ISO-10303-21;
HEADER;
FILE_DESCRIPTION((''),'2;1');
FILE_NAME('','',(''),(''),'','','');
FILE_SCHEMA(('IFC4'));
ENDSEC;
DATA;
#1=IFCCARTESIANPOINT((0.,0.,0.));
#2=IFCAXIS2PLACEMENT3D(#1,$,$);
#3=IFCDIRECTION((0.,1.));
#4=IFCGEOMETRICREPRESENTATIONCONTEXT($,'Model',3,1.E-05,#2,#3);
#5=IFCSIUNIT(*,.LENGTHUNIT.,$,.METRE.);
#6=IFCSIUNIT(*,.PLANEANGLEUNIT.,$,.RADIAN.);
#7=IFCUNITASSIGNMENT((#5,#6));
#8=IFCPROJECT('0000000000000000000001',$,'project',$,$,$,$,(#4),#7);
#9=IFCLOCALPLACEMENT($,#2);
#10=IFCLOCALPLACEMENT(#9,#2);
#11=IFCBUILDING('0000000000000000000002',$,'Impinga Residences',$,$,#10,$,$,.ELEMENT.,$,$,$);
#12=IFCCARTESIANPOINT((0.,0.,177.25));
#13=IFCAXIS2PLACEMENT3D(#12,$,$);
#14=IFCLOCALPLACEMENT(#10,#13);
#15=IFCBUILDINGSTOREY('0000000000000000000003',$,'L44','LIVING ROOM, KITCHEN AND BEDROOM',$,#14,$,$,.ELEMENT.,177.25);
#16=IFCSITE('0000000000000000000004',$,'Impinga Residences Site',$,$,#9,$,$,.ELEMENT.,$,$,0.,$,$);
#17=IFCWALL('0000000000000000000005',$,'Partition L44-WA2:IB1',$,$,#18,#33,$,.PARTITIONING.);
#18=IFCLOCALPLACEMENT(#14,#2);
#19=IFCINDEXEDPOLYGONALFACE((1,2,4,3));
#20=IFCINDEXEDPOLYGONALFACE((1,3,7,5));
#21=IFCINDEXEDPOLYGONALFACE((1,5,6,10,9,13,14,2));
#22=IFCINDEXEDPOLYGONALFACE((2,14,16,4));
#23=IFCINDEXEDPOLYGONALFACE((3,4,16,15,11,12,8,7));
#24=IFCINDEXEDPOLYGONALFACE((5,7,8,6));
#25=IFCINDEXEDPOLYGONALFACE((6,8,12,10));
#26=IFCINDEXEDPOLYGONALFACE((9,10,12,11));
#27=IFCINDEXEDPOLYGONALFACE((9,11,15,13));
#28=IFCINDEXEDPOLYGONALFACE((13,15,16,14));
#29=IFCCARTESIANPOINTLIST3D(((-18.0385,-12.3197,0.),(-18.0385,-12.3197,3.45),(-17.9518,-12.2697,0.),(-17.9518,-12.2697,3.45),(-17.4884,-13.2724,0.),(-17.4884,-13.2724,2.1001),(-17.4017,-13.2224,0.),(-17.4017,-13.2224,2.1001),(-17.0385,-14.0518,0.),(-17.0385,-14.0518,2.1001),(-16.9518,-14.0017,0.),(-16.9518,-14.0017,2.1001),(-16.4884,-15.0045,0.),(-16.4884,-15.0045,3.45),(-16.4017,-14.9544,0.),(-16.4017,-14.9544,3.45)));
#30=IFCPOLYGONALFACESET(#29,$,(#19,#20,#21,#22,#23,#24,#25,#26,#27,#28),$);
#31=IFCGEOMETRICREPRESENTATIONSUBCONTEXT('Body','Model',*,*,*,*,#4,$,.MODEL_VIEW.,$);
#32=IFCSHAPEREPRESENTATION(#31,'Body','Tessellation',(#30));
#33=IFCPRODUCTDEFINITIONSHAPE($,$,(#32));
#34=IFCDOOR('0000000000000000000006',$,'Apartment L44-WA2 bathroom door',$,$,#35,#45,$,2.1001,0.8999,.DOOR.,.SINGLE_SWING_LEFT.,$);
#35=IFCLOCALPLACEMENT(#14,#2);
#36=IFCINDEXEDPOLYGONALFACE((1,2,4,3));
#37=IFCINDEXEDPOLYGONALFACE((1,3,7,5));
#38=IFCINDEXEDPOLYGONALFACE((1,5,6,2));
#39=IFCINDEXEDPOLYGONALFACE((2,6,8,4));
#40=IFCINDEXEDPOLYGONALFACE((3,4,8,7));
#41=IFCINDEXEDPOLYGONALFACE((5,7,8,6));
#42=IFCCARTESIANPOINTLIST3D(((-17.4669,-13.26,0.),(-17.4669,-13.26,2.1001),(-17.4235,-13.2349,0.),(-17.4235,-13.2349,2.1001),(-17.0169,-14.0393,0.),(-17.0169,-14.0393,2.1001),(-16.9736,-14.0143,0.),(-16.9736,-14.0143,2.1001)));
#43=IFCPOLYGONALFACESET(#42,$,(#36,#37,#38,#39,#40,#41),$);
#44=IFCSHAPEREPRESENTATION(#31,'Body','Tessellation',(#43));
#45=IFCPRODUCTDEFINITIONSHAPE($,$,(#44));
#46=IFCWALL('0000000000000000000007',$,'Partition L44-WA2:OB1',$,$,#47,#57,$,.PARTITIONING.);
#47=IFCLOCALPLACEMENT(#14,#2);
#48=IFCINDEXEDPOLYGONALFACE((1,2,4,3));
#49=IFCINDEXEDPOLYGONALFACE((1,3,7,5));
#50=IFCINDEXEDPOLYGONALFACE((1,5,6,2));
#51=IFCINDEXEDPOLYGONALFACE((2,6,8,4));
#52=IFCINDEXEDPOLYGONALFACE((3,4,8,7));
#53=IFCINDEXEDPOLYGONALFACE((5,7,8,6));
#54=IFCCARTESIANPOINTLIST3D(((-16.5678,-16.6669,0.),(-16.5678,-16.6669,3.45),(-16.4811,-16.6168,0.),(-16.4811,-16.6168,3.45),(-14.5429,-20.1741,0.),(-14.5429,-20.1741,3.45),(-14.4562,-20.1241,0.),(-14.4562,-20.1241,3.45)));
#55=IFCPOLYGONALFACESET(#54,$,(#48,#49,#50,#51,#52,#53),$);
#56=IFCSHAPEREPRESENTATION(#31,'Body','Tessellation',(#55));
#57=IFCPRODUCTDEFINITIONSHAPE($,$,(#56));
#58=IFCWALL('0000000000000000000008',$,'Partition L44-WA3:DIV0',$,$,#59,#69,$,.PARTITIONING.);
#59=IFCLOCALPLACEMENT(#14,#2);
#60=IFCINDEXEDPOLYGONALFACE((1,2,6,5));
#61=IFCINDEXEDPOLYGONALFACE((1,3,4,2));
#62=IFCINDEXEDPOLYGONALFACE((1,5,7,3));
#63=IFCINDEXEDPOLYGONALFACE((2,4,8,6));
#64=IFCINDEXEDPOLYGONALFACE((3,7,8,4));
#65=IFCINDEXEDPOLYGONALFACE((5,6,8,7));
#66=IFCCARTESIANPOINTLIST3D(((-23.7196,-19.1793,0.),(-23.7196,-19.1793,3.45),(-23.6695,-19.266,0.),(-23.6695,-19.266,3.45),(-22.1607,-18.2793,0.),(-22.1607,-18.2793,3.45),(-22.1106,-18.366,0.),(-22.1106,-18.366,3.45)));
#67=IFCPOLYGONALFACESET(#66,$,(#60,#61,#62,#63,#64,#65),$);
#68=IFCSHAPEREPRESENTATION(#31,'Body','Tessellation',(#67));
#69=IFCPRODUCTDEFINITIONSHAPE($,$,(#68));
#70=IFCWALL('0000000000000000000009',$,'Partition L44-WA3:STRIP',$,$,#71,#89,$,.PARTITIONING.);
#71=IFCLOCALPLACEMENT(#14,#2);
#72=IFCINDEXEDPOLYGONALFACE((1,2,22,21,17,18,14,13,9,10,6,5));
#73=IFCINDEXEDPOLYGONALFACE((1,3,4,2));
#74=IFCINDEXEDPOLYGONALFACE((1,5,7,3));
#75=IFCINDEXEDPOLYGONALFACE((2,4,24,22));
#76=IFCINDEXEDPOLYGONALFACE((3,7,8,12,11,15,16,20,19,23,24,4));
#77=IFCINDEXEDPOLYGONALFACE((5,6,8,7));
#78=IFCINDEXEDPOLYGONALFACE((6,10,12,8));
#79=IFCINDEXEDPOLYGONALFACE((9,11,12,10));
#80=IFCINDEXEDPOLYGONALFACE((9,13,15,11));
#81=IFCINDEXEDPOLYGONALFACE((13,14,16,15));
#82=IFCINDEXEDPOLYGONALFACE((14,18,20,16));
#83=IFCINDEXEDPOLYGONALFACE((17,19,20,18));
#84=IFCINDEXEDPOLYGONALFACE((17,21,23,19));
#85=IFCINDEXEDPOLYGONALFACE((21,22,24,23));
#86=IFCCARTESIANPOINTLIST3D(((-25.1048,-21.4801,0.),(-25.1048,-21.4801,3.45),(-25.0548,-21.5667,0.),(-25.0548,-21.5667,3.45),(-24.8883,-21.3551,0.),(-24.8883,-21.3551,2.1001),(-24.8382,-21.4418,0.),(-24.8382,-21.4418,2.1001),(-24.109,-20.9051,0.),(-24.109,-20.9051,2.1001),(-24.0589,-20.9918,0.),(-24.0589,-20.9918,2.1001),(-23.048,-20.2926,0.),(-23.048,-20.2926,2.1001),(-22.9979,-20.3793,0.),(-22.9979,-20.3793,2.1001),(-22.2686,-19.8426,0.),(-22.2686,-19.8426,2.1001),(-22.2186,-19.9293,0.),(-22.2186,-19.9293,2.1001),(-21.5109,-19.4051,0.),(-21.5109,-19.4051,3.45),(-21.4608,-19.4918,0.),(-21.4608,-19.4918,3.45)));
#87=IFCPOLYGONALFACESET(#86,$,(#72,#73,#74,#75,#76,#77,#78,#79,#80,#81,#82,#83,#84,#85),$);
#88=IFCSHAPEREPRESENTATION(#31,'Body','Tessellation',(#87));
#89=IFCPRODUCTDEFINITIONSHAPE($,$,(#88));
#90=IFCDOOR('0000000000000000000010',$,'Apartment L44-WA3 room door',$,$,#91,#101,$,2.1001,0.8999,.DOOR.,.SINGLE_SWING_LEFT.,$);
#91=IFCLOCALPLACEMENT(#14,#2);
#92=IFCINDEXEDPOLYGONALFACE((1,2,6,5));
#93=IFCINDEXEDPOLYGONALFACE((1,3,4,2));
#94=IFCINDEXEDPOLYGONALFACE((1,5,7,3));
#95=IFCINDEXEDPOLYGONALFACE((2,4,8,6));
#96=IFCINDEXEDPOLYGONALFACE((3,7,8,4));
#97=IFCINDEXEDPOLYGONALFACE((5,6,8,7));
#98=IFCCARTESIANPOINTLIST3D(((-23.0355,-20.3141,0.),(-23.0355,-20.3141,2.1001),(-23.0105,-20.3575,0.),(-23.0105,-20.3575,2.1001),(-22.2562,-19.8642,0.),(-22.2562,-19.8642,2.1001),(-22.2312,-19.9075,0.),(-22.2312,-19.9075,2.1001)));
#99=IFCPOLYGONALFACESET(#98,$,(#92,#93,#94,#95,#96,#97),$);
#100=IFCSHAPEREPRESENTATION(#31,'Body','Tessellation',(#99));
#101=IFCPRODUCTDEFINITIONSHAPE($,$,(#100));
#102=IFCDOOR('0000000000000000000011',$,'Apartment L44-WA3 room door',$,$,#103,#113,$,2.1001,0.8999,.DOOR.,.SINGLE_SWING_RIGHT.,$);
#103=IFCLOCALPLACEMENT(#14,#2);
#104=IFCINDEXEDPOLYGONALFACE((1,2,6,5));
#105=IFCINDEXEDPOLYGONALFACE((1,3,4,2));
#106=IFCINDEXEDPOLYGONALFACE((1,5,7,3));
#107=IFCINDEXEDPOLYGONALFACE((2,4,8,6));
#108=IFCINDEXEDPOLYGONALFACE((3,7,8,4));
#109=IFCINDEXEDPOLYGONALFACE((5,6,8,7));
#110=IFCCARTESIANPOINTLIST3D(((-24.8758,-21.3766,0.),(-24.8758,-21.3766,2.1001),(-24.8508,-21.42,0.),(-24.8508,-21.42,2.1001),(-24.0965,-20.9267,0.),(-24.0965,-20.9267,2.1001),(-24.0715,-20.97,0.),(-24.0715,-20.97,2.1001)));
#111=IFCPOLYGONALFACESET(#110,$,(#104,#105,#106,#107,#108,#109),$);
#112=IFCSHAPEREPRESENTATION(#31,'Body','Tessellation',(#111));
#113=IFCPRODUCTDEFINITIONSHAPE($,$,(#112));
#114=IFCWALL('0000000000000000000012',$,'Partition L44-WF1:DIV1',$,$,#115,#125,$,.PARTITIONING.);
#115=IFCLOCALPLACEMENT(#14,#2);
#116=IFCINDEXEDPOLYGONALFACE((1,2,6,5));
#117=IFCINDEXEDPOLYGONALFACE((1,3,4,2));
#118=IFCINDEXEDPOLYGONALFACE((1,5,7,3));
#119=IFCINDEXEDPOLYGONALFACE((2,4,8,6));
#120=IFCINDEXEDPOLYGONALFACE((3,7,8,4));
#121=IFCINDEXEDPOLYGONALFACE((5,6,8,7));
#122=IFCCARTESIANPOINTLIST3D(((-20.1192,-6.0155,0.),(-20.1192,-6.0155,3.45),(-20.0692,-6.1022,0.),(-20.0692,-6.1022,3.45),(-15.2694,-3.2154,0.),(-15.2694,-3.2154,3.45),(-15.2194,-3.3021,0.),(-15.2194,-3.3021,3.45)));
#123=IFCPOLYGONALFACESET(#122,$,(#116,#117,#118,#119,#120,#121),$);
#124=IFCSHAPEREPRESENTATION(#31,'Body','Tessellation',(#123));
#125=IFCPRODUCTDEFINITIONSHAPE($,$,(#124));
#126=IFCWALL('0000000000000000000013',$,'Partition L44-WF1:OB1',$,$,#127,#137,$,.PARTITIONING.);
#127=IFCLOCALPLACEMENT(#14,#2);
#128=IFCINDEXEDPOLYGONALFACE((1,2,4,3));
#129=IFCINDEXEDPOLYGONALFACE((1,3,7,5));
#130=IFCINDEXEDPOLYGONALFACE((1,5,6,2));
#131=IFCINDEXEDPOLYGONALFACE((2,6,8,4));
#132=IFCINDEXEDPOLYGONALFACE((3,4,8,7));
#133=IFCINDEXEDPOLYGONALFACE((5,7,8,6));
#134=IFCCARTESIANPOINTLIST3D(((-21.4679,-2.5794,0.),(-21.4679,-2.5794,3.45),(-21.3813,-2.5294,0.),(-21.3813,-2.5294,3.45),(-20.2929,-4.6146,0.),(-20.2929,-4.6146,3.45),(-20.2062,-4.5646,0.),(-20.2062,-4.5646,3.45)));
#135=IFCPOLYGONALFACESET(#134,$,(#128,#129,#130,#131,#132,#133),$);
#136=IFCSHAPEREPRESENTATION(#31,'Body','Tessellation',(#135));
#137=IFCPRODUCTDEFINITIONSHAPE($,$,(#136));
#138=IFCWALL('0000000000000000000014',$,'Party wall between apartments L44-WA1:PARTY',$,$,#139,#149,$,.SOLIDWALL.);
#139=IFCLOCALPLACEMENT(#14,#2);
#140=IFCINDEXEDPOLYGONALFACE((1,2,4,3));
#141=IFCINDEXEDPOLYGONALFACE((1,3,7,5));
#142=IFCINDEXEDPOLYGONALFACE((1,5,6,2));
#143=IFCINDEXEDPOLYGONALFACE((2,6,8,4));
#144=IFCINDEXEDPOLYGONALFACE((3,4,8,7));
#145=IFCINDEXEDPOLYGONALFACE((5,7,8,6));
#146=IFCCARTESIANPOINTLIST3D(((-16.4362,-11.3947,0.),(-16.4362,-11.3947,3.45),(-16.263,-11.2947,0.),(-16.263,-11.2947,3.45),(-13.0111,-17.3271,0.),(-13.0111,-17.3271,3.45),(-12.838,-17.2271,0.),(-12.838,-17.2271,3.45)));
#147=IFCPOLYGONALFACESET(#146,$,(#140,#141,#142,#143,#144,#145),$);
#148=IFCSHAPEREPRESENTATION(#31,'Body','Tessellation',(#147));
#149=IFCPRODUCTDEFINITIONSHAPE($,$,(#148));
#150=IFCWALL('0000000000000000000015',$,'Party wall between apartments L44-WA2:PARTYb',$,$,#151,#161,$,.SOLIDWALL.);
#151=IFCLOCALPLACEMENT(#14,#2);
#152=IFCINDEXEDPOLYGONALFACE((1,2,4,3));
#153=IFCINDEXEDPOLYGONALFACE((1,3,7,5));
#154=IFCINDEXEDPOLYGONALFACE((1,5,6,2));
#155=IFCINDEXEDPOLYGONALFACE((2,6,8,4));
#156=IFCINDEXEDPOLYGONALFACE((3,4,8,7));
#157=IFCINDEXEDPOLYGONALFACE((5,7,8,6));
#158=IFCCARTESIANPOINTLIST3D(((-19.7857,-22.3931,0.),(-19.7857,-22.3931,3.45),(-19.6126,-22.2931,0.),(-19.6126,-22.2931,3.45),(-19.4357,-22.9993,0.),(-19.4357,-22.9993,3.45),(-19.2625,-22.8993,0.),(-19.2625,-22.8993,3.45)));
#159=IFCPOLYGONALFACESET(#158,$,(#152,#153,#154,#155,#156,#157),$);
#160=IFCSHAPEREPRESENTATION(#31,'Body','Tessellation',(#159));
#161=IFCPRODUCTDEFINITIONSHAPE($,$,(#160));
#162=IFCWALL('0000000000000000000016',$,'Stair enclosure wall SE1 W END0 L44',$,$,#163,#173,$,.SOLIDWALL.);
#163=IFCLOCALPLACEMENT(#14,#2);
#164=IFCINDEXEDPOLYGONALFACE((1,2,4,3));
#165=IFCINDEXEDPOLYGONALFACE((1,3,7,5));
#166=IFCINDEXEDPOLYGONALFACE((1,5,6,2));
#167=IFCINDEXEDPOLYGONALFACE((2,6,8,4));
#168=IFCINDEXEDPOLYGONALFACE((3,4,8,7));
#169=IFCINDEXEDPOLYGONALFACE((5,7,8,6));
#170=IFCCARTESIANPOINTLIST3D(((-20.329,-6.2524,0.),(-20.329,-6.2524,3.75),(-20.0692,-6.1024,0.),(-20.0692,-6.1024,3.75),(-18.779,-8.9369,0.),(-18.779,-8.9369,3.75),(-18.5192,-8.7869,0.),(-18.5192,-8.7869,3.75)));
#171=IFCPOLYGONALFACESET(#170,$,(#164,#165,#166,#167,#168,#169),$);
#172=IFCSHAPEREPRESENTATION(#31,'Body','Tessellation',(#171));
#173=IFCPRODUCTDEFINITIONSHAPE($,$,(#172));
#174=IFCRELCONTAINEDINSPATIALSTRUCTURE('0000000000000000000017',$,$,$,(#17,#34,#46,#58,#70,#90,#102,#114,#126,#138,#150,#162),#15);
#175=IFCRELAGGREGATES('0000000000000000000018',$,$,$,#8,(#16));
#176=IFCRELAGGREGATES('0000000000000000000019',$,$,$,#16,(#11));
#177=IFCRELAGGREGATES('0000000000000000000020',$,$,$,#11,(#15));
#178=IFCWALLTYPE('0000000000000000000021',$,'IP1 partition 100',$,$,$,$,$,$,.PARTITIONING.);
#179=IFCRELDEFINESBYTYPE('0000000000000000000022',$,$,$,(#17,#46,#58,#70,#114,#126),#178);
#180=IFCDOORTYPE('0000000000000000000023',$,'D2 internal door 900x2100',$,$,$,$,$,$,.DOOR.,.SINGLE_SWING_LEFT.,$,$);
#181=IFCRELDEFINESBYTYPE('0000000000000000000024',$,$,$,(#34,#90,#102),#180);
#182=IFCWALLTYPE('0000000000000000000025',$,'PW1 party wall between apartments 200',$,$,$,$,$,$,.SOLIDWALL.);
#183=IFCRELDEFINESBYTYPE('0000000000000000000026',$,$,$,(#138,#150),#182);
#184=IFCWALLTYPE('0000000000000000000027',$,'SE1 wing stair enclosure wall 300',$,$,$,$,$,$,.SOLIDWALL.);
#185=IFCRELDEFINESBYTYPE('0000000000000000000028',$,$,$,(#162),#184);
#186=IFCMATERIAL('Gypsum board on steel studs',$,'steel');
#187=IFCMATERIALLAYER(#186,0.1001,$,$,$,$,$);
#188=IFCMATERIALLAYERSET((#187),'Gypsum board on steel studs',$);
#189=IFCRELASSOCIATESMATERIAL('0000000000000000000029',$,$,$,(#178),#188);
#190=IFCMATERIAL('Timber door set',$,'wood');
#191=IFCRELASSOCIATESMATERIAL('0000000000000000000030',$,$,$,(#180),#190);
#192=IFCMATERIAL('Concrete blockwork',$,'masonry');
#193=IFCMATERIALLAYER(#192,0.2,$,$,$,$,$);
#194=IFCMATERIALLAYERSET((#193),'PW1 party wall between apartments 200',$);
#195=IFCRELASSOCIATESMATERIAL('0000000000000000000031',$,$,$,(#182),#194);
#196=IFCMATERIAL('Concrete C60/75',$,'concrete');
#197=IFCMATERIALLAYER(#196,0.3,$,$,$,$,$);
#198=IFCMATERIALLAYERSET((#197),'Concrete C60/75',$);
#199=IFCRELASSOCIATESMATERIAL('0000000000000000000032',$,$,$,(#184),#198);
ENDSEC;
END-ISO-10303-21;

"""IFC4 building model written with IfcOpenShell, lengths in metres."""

from ifc_helpers import new_model, si_unit, direction, frame, frame_2d, origin, place, context, subcontext, project, spatial, rectangle, extrude, material, layer, layer_set, type_object, element, fill, save


model = new_model("IFC4")

# Units and contexts
model_context = context("Model", 3, precision=1e-05, world=origin(), true_north=direction((0.0, 1.0)))
body_context = subcontext(model_context, "Body", "Model", "MODEL_VIEW")
ifc_project = project(units=[si_unit("LENGTHUNIT", "METRE"), si_unit("PLANEANGLEUNIT", "RADIAN")], contexts=[model_context])

# Site, building, storey
site_placement = place(None, origin())
site = spatial("IfcSite", under=ifc_project, at=site_placement, Name="Impinga Residences Site", CompositionType="ELEMENT", RefElevation=0.0)
building_placement = place(site_placement, origin())
building = spatial("IfcBuilding", under=site, at=building_placement, Name="Impinga Residences", CompositionType="ELEMENT")
storey_placement = place(building_placement, frame((0.0, 0.0, 177.25)))
storey = spatial("IfcBuildingStorey", under=building, at=storey_placement, Name="L44", Description="LIVING ROOM, KITCHEN AND BEDROOM", CompositionType="ELEMENT", Elevation=177.25)

# Shared definitions
ifc_material_1 = material(Name="Concrete C60/75", Category="concrete")

# Shared definitions
ifc_material_2 = material(Name="Concrete blockwork", Category="masonry")
ifc_material_3 = material(Name="Timber door set", Category="wood")

# Shared definitions
ifc_material_4 = material(Name="Gypsum board on steel studs", Category="steel")
ifc_layer_1 = layer(ifc_material_4, 0.1001)
ifc_layer_set_1 = layer_set([ifc_layer_1], Name="Gypsum board on steel studs")
wall_type_1 = type_object("IfcWallType", Name="IP1 partition 100", PredefinedType="PARTITIONING", material=ifc_layer_set_1)

# Shared definitions
door_type_1 = type_object("IfcDoorType", Name="D2 internal door 900x2100", OperationType="SINGLE_SWING_LEFT", PredefinedType="DOOR", material=ifc_material_3)

# Wall, opening, door
wall_1_placement = place(storey_placement, frame((-17.9951, -12.2947, 0.0), z_axis=(0.0, 0.0, 1.0), x_axis=(0.499993, -0.86603, 0.0)))
wall_1 = element("IfcWall", 1, at=wall_1_placement, inside=storey, type_object=wall_type_1, Name="Partition L44-WA2:IB1", PredefinedType="PARTITIONING", context=body_context, shape_type="SweptSolid", body=[
    extrude(rectangle(XDim=3.1001, YDim=0.1001, at=frame_2d((1.55, 0.0))), origin(), (0.0, 0.0, 1.0), 3.45),
])
opening_1_placement = place(wall_1_placement, frame((1.1001, 0.0, 0.0)))
opening_1 = element("IfcOpeningElement", 2, at=opening_1_placement, cuts=wall_1, PredefinedType="OPENING", context=body_context, shape_type="SweptSolid", body=[
    extrude(rectangle(XDim=0.8999, YDim=2.1001, at=frame_2d((0.45, 1.05))), frame((0.0, 0.0601, 0.0), z_axis=(0.0, -1.0, 0.0), x_axis=(1.0, 0.0, 0.0)), (0.0, 0.0, 1.0), 0.1201),
])
door_1_placement = place(opening_1_placement, origin())
door_1 = element("IfcDoor", 3, at=door_1_placement, inside=storey, type_object=door_type_1, Name="Apartment L44-WA2 bathroom door", OperationType="SINGLE_SWING_LEFT", OverallHeight=2.1001, OverallWidth=0.8999, PredefinedType="DOOR", context=body_context, shape_type="SweptSolid", body=[
    extrude(rectangle(XDim=0.8999, YDim=2.1001, at=frame_2d((0.45, 1.05))), frame((0.0, 0.0249, 0.0), z_axis=(0.0, -1.0, 0.0), x_axis=(1.0, 0.0, 0.0)), (0.0, 0.0, 1.0), 0.05),
])
fill(opening_1, door_1)

# Walls
wall_2_placement = place(storey_placement, frame((-16.5244, -16.6418, 0.0), z_axis=(0.0, 0.0, 1.0), x_axis=(0.49999, -0.866031, 0.0)))
element("IfcWall", 4, at=wall_2_placement, inside=storey, type_object=wall_type_1, Name="Partition L44-WA2:OB1", PredefinedType="PARTITIONING", context=body_context, shape_type="SweptSolid", body=[
    extrude(rectangle(XDim=4.0498, YDim=0.1001, at=frame_2d((2.0249, 0.0))), origin(), (0.0, 0.0, 1.0), 3.45),
])
wall_3_placement = place(storey_placement, frame((-22.1357, -18.3228, 0.0), z_axis=(0.0, 0.0, 1.0), x_axis=(-0.866048, -0.499961, 0.0)))
element("IfcWall", 5, at=wall_3_placement, inside=storey, type_object=wall_type_1, Name="Partition L44-WA3:DIV0", PredefinedType="PARTITIONING", context=body_context, shape_type="SweptSolid", body=[
    extrude(rectangle(XDim=1.8, YDim=0.1001, at=frame_2d((0.8999, 0.0))), origin(), (0.0, 0.0, 1.0), 3.45),
])

# Wall, openings, doors
wall_4_placement = place(storey_placement, frame((-21.4858, -19.4485, 0.0), z_axis=(0.0, 0.0, 1.0), x_axis=(-0.86603, -0.499992, 0.0)))
wall_4 = element("IfcWall", 6, at=wall_4_placement, inside=storey, type_object=wall_type_1, Name="Partition L44-WA3:STRIP", PredefinedType="PARTITIONING", context=body_context, shape_type="SweptSolid", body=[
    extrude(rectangle(XDim=4.1499, YDim=0.1001, at=frame_2d((2.075, 0.0))), origin(), (0.0, 0.0, 1.0), 3.45),
])
opening_2_placement = place(wall_4_placement, frame((0.875, 0.0, 0.0)))
opening_2 = element("IfcOpeningElement", 7, at=opening_2_placement, cuts=wall_4, PredefinedType="OPENING", context=body_context, shape_type="SweptSolid", body=[
    extrude(rectangle(XDim=0.8999, YDim=2.1001, at=frame_2d((0.45, 1.05))), frame((0.0, 0.0601, 0.0), z_axis=(0.0, -1.0, 0.0), x_axis=(1.0, 0.0, 0.0)), (0.0, 0.0, 1.0), 0.1201),
])
opening_3_placement = place(wall_4_placement, frame((3.0, 0.0, 0.0)))
opening_3 = element("IfcOpeningElement", 8, at=opening_3_placement, cuts=wall_4, PredefinedType="OPENING", context=body_context, shape_type="SweptSolid", body=[
    extrude(rectangle(XDim=0.8999, YDim=2.1001, at=frame_2d((0.45, 1.05))), frame((0.0, 0.0601, 0.0), z_axis=(0.0, -1.0, 0.0), x_axis=(1.0, 0.0, 0.0)), (0.0, 0.0, 1.0), 0.1201),
])
door_2_placement = place(opening_2_placement, origin())
door_2 = element("IfcDoor", 9, at=door_2_placement, inside=storey, type_object=door_type_1, Name="Apartment L44-WA3 room door", OperationType="SINGLE_SWING_LEFT", OverallHeight=2.1001, OverallWidth=0.8999, PredefinedType="DOOR", context=body_context, shape_type="SweptSolid", body=[
    extrude(rectangle(XDim=0.8999, YDim=2.1001, at=frame_2d((0.45, 1.05))), frame((0.0, 0.0249, 0.0), z_axis=(0.0, -1.0, 0.0), x_axis=(1.0, 0.0, 0.0)), (0.0, 0.0, 1.0), 0.05),
])
fill(opening_2, door_2)
door_3_placement = place(opening_3_placement, origin())
door_3 = element("IfcDoor", 10, at=door_3_placement, inside=storey, type_object=door_type_1, Name="Apartment L44-WA3 room door", OperationType="SINGLE_SWING_RIGHT", OverallHeight=2.1001, OverallWidth=0.8999, PredefinedType="DOOR", context=body_context, shape_type="SweptSolid", body=[
    extrude(rectangle(XDim=0.8999, YDim=2.1001, at=frame_2d((0.45, 1.05))), frame((0.0, 0.0249, 0.0), z_axis=(0.0, -1.0, 0.0), x_axis=(1.0, 0.0, 0.0)), (0.0, 0.0, 1.0), 0.05),
])
fill(opening_3, door_3)

# Walls
wall_5_placement = place(storey_placement, frame((-15.2444, -3.2588, 0.0), z_axis=(0.0, 0.0, 1.0), x_axis=(-0.866027, -0.499998, 0.0)))
element("IfcWall", 11, at=wall_5_placement, inside=storey, type_object=wall_type_1, Name="Partition L44-WF1:DIV1", PredefinedType="PARTITIONING", context=body_context, shape_type="SweptSolid", body=[
    extrude(rectangle(XDim=5.6001, YDim=0.1001, at=frame_2d((2.8, 0.0))), origin(), (0.0, 0.0, 1.0), 3.45),
])
wall_6_placement = place(storey_placement, frame((-20.2495, -4.5896, 0.0), z_axis=(0.0, 0.0, 1.0), x_axis=(-0.500016, 0.866016, 0.0)))
element("IfcWall", 12, at=wall_6_placement, inside=storey, type_object=wall_type_1, Name="Partition L44-WF1:OB1", PredefinedType="PARTITIONING", context=body_context, shape_type="SweptSolid", body=[
    extrude(rectangle(XDim=2.3501, YDim=0.1001, at=frame_2d((1.175, 0.0))), origin(), (0.0, 0.0, 1.0), 3.45),
])
ifc_layer_2 = layer(ifc_material_2, 0.2)
ifc_layer_set_2 = layer_set([ifc_layer_2], Name="PW1 party wall between apartments 200")
wall_type_2 = type_object("IfcWallType", Name="PW1 party wall between apartments 200", PredefinedType="SOLIDWALL", material=ifc_layer_set_2)
wall_7_placement = place(storey_placement, frame((-16.3496, -11.3447, 0.0), z_axis=(0.0, 0.0, 1.0), x_axis=(0.499999, -0.866026, 0.0)))
element("IfcWall", 13, at=wall_7_placement, inside=storey, type_object=wall_type_2, Name="Party wall between apartments L44-WA1:PARTY", PredefinedType="SOLIDWALL", context=body_context, shape_type="SweptSolid", body=[
    extrude(rectangle(XDim=6.8501, YDim=0.2, at=frame_2d((3.425, 0.0))), origin(), (0.0, 0.0, 1.0), 3.45),
])
wall_8_placement = place(storey_placement, frame((-19.6992, -22.343, 0.0), z_axis=(0.0, 0.0, 1.0), x_axis=(0.500115, -0.865959, 0.0)))
element("IfcWall", 14, at=wall_8_placement, inside=storey, type_object=wall_type_2, Name="Party wall between apartments L44-WA2:PARTYb", PredefinedType="SOLIDWALL", context=body_context, shape_type="SweptSolid", body=[
    extrude(rectangle(XDim=0.7, YDim=0.2, at=frame_2d((0.3501, 0.0))), origin(), (0.0, 0.0, 1.0), 3.45),
])
ifc_layer_3 = layer(ifc_material_1, 0.3)
ifc_layer_set_3 = layer_set([ifc_layer_3], Name="Concrete C60/75")
wall_type_3 = type_object("IfcWallType", Name="SE1 wing stair enclosure wall 300", PredefinedType="SOLIDWALL", material=ifc_layer_set_3)
wall_9_placement = place(storey_placement, frame((-18.6492, -8.8618, 0.0), z_axis=(0.0, 0.0, 1.0), x_axis=(-0.500027, 0.86601, 0.0)))
element("IfcWall", 15, at=wall_9_placement, inside=storey, type_object=wall_type_3, Name="Stair enclosure wall SE1 W END0 L44", PredefinedType="SOLIDWALL", context=body_context, shape_type="SweptSolid", body=[
    extrude(rectangle(XDim=3.0999, YDim=0.3, at=frame_2d((1.5498, 0.0))), origin(), (0.0, 0.0, 1.0), 3.75),
])

save(model, "model.ifc")
